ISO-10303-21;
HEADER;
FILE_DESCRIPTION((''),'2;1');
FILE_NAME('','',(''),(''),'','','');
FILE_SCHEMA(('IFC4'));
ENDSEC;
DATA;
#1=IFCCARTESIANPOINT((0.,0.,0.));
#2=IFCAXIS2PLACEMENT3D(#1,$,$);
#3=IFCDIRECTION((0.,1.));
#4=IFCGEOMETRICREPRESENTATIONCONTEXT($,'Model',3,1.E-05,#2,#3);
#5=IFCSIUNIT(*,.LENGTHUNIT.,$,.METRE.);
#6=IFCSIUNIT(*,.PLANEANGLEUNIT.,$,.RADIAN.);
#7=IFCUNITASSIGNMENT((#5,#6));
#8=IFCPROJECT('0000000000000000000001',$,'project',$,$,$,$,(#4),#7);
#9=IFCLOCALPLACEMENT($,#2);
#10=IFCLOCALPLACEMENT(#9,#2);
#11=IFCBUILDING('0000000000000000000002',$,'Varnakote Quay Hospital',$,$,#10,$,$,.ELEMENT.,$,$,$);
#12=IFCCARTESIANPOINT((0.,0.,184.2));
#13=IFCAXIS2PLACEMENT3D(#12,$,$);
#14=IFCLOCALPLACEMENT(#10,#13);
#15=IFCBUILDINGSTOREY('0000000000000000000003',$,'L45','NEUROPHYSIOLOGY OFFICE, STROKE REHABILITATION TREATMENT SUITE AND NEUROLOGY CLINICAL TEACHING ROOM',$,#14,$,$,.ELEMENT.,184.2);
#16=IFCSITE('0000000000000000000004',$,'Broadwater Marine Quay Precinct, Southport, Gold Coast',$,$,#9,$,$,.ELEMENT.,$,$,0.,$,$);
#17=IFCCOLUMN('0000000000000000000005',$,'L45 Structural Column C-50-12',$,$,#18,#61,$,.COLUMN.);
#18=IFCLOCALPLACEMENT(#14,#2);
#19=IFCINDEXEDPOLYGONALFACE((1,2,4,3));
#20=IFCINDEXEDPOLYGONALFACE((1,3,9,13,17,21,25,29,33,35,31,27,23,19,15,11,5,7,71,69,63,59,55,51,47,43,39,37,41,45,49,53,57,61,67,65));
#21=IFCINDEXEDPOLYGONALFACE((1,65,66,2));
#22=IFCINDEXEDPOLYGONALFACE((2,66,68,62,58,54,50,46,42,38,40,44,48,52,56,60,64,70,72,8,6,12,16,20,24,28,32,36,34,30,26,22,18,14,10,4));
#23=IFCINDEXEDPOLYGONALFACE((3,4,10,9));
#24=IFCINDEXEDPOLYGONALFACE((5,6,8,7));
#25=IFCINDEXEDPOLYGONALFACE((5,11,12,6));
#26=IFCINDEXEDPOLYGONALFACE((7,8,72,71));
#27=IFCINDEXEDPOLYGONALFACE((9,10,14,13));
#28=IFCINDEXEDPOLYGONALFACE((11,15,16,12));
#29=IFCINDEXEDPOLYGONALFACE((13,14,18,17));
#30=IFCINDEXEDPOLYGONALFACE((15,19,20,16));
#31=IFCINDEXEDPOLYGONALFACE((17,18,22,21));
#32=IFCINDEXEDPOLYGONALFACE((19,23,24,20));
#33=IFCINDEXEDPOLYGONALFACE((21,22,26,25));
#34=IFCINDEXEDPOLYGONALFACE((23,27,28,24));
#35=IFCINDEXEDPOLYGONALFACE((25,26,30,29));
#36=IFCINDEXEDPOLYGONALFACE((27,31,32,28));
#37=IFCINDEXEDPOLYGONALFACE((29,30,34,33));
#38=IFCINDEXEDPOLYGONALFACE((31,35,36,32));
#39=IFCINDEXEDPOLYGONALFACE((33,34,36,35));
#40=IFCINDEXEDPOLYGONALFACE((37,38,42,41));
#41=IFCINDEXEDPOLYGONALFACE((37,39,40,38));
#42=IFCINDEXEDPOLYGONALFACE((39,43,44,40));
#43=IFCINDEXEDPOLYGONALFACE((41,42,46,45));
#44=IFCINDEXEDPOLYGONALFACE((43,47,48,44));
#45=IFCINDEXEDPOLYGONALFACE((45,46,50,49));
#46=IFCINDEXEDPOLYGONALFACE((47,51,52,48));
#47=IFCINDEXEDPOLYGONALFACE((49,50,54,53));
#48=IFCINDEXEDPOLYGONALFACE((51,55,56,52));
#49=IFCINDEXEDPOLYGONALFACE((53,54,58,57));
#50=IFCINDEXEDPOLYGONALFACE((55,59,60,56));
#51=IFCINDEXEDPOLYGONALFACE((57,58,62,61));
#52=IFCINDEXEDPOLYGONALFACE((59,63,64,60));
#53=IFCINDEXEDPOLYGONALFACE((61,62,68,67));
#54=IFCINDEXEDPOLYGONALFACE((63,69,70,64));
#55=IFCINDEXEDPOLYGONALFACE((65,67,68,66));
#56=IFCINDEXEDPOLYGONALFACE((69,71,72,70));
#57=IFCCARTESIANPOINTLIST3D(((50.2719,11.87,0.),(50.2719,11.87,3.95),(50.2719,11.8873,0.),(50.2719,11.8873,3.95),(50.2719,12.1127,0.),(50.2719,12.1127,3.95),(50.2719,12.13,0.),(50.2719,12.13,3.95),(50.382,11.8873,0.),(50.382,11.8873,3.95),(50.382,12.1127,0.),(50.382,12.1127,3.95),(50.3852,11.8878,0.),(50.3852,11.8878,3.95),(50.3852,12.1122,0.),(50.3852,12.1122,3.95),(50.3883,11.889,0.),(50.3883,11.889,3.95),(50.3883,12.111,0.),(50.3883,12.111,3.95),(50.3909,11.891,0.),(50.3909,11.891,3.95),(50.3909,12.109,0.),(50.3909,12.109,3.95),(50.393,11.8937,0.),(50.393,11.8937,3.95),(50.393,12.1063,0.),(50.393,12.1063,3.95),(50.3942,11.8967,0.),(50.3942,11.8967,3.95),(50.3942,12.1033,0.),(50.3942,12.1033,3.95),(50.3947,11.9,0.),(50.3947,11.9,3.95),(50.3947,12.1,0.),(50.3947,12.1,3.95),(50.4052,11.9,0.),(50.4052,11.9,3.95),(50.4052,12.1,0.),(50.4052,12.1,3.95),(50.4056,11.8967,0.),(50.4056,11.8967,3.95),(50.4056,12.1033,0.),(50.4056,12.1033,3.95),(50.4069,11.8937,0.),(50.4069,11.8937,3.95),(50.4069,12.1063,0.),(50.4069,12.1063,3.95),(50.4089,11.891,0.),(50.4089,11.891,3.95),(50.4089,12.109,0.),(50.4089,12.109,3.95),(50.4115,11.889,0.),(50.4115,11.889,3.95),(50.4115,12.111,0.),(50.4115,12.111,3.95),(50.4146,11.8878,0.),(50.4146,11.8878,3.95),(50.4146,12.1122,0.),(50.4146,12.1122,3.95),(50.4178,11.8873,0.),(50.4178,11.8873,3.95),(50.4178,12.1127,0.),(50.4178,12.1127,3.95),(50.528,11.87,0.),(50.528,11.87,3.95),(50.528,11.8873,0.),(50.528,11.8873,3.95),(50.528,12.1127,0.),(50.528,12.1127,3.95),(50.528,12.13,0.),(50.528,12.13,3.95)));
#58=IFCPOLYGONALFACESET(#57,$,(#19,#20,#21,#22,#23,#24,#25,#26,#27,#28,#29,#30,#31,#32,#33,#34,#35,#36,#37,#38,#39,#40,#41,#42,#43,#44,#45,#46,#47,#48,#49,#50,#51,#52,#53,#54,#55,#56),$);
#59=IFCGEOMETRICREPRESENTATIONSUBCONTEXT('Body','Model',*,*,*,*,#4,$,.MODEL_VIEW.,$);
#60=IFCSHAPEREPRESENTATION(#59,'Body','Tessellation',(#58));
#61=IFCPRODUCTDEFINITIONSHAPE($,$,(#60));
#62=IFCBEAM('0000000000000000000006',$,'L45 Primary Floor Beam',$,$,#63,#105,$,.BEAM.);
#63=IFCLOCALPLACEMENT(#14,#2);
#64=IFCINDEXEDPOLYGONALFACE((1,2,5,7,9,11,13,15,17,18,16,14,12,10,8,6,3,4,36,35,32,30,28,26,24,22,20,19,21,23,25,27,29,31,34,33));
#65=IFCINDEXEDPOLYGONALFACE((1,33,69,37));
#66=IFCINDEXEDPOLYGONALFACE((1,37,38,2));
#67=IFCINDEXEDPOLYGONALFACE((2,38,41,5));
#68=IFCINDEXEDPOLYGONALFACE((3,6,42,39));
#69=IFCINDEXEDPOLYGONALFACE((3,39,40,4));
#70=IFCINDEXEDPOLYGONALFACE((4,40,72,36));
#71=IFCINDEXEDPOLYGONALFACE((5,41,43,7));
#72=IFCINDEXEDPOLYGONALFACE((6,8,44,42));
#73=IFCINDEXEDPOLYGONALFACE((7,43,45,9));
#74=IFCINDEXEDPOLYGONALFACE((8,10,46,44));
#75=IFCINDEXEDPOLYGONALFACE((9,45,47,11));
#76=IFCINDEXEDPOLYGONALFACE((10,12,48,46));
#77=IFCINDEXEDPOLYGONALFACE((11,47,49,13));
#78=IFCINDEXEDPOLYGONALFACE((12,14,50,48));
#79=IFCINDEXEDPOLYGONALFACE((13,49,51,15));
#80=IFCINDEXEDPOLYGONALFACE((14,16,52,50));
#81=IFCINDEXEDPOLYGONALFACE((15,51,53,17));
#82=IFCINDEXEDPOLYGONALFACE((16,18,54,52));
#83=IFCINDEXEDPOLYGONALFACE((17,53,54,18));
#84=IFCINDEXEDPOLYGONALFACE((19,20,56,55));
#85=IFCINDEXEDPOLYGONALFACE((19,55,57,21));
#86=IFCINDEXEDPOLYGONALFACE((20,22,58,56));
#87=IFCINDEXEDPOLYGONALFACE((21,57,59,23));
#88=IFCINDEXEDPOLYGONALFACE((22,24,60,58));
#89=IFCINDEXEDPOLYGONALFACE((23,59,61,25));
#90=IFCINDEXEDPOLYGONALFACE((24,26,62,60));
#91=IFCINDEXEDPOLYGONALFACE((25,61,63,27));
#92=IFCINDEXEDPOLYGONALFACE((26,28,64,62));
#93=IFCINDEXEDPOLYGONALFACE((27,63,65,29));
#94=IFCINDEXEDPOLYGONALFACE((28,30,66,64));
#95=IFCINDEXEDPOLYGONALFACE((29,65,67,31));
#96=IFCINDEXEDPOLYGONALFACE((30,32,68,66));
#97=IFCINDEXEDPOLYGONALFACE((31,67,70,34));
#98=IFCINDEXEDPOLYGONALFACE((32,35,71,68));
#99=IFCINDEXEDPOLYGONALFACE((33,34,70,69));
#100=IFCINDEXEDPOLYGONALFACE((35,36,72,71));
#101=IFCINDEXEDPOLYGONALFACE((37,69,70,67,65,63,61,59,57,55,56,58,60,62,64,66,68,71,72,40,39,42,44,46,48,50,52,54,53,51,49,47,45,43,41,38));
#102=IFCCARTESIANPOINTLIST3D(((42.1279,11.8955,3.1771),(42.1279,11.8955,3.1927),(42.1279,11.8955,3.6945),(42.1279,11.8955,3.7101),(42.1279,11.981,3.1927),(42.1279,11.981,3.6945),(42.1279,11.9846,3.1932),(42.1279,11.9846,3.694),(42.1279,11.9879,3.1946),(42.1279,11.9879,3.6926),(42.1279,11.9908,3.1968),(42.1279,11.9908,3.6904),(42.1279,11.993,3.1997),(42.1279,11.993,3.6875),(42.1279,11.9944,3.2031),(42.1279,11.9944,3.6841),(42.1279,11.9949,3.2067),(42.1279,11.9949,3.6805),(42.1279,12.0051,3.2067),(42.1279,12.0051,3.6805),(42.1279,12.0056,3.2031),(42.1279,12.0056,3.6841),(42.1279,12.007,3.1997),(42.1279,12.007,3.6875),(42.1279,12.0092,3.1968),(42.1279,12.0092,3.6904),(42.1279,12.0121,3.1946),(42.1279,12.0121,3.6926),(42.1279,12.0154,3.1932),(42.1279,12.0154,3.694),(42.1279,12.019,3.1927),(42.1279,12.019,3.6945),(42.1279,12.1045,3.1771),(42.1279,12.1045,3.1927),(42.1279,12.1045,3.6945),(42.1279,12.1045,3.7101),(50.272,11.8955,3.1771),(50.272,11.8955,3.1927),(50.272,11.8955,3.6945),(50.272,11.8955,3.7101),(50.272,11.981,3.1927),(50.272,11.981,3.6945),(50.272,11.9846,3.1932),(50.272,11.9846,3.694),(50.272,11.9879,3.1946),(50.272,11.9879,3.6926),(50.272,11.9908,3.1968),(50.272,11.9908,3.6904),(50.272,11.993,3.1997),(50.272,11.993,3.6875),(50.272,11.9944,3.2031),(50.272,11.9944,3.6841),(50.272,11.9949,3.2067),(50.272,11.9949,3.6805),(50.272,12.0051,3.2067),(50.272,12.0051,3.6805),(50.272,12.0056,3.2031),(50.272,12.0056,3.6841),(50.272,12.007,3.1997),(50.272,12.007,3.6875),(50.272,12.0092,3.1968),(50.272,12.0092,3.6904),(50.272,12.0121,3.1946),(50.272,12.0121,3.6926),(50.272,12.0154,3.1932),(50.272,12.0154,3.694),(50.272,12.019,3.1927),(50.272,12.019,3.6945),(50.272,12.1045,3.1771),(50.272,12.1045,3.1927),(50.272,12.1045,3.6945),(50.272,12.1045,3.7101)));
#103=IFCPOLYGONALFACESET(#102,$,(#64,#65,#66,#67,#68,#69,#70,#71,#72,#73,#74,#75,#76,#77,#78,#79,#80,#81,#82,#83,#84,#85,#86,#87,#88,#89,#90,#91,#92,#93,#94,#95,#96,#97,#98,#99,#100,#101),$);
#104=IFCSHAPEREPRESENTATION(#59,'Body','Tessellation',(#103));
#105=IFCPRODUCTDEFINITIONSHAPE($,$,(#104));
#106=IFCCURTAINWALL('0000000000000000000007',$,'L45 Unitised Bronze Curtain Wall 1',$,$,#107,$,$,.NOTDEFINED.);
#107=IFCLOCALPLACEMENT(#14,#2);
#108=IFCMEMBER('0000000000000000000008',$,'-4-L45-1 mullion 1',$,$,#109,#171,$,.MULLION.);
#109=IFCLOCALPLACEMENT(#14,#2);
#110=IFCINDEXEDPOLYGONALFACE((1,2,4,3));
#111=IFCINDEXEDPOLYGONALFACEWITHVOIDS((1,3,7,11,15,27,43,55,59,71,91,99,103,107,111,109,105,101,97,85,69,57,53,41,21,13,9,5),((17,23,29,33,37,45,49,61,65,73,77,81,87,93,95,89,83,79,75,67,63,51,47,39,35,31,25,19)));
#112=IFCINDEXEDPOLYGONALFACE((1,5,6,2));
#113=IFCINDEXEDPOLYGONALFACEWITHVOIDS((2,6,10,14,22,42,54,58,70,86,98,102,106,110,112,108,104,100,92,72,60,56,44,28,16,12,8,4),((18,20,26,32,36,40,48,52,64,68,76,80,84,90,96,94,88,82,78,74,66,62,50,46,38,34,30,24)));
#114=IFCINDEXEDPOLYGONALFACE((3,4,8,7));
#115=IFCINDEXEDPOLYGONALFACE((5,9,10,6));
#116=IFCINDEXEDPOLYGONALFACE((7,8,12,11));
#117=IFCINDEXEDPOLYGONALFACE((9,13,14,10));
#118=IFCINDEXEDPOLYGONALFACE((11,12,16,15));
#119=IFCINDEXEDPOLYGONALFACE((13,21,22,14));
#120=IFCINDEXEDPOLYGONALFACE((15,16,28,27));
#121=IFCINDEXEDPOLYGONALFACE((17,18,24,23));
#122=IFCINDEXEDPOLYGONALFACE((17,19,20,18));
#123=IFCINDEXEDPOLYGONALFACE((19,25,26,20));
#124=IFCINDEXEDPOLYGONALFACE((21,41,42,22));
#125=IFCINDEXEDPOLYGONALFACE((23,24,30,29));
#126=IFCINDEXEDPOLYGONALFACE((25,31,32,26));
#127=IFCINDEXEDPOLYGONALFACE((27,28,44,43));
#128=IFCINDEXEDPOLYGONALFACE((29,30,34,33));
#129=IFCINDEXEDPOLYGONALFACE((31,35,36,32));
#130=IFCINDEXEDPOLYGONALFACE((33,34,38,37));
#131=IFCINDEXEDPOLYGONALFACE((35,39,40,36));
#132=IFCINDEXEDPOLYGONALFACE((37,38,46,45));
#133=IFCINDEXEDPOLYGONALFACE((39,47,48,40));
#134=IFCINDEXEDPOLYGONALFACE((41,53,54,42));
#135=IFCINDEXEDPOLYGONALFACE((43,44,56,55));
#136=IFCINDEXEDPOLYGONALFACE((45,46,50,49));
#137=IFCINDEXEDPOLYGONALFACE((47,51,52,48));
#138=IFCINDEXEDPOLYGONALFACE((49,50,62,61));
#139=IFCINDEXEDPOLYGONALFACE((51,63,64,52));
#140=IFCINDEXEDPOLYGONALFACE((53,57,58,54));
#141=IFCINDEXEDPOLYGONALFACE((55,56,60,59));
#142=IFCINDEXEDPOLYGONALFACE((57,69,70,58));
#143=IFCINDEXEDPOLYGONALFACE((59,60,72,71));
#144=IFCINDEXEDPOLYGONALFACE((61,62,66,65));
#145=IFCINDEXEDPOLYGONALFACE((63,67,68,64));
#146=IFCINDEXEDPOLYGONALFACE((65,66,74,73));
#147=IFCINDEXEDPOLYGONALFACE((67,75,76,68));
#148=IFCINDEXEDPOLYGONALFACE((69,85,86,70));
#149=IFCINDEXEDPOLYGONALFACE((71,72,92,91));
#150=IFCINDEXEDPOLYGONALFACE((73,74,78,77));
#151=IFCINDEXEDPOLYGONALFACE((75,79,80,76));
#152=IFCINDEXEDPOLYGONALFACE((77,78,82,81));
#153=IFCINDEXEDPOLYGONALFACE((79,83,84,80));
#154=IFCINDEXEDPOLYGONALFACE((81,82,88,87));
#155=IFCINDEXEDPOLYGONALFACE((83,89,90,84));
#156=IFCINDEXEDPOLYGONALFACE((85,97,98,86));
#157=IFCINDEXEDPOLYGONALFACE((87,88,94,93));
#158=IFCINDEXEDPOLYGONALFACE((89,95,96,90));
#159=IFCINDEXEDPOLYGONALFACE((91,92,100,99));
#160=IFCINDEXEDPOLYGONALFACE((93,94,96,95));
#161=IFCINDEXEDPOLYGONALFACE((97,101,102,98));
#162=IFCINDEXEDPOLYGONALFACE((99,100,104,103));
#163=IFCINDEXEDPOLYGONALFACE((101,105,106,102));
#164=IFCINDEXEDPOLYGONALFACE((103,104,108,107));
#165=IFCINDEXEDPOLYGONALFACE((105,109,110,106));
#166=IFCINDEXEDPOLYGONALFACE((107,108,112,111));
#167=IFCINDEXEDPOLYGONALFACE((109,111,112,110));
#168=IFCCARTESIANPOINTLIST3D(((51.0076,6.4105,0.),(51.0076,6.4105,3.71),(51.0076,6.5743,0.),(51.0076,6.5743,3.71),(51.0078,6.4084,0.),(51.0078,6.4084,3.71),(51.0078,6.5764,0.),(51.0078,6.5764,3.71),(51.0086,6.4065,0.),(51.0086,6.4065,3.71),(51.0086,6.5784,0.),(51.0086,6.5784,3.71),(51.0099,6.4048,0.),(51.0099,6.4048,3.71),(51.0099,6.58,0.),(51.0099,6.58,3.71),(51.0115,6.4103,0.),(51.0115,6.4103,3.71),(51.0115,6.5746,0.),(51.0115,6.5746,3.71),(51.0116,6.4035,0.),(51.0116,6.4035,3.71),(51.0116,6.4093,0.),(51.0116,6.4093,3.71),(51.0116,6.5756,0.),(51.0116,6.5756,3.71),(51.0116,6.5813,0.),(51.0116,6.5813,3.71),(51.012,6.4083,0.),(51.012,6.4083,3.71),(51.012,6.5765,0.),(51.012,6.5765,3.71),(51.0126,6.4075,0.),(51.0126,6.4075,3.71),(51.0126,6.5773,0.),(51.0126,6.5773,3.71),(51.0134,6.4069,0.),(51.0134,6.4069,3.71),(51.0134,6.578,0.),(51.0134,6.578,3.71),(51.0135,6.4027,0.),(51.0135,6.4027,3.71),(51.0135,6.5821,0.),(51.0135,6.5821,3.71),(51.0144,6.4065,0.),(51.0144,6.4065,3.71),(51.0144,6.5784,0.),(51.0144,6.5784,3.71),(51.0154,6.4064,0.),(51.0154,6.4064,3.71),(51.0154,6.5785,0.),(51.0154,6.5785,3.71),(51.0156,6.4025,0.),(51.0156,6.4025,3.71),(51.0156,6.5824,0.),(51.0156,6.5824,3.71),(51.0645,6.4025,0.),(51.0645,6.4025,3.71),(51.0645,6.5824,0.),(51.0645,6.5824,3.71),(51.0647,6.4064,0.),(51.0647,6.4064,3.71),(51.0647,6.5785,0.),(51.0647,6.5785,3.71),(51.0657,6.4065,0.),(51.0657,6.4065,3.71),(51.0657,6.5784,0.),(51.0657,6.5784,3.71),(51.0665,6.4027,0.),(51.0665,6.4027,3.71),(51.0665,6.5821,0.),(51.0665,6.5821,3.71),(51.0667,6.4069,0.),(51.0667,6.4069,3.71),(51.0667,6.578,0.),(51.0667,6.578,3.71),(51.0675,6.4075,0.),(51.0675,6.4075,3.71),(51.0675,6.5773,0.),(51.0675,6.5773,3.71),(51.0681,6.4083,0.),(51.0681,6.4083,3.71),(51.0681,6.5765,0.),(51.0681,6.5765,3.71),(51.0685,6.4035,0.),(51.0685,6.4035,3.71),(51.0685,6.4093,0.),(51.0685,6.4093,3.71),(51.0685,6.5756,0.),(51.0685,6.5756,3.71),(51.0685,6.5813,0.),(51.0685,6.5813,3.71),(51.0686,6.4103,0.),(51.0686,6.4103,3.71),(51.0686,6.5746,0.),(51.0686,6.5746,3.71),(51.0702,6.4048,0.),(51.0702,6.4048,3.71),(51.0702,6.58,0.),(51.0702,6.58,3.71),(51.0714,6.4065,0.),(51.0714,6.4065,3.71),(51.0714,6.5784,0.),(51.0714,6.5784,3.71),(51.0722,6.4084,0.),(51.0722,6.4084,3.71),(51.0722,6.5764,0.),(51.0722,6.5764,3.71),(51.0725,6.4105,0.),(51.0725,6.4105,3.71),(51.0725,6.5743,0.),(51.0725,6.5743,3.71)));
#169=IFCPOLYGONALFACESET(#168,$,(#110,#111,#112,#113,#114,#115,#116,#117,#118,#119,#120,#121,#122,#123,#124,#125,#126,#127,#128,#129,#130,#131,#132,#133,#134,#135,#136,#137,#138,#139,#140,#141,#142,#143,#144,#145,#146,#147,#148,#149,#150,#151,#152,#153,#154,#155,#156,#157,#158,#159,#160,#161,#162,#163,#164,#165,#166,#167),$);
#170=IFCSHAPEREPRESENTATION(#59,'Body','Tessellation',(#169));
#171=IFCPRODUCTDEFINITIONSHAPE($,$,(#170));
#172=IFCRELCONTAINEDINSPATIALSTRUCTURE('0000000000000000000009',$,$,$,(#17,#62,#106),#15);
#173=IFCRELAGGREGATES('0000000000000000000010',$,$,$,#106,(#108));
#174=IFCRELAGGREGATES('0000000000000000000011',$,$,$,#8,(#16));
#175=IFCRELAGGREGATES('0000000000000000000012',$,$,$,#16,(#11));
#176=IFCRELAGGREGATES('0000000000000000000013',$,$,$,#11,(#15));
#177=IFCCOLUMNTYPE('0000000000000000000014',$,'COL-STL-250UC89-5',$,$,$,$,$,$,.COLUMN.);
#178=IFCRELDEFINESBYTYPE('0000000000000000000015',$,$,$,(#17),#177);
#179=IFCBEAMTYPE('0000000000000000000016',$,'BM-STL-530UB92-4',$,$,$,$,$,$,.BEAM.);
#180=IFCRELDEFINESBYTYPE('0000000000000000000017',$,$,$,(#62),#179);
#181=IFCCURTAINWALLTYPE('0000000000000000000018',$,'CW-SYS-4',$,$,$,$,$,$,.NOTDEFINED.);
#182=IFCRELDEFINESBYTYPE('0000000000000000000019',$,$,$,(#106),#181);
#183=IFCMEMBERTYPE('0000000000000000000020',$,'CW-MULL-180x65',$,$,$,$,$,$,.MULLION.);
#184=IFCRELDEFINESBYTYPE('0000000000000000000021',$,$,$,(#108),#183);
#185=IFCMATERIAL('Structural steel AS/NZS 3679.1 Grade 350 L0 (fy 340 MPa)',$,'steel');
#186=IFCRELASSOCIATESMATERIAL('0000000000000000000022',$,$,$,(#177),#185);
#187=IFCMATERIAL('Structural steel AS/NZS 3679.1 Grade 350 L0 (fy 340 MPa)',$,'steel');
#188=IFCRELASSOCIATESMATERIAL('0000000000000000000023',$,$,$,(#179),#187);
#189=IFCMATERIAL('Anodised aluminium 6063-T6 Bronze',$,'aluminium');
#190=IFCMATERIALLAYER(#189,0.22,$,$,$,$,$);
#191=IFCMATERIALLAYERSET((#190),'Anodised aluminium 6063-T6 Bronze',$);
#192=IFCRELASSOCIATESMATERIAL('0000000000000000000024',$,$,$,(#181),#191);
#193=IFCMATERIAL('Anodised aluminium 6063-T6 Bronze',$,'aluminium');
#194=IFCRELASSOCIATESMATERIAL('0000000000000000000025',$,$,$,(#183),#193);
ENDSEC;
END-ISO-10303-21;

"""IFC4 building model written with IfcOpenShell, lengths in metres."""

from ifc_helpers import new_model, si_unit, direction, frame, origin, origin_2d, place, context, subcontext, project, spatial, hollow_rectangle, i_section, extrude, material, layer, layer_set, material_profile, profile_set, type_object, element, aggregate, save


model = new_model("IFC4")

# Units and contexts
model_context = context("Model", 3, precision=1e-05, world=origin(), true_north=direction((0.0, 1.0)))
body_context = subcontext(model_context, "Body", "Model", "MODEL_VIEW")
ifc_project = project(units=[si_unit("LENGTHUNIT", "METRE"), si_unit("PLANEANGLEUNIT", "RADIAN")], contexts=[model_context])

# Site, building, storey
site_placement = place(None, origin())
site = spatial("IfcSite", under=ifc_project, at=site_placement, Name="Broadwater Marine Quay Precinct, Southport, Gold Coast", CompositionType="ELEMENT", RefElevation=0.0)
building_placement = place(site_placement, origin())
building = spatial("IfcBuilding", under=site, at=building_placement, Name="Varnakote Quay Hospital", CompositionType="ELEMENT")
storey_placement = place(building_placement, frame((0.0, 0.0, 184.2)))
storey = spatial("IfcBuildingStorey", under=building, at=storey_placement, Name="L45", Description="NEUROPHYSIOLOGY OFFICE, STROKE REHABILITATION TREATMENT SUITE AND NEUROLOGY CLINICAL TEACHING ROOM", CompositionType="ELEMENT", Elevation=184.2)

# Column
ifc_material_1 = material(Name="Structural steel AS/NZS 3679.1 Grade 350 L0 (fy 340 MPa)", Category="steel")
ifc_material_profile_1 = material_profile(ifc_material_1, i_section(OverallWidth=0.2561, OverallDepth=0.26, WebThickness=0.0105, FlangeThickness=0.0173, FilletRadius=0.0127, at=origin_2d()), Name="250UC89.5")
ifc_profile_set_1 = profile_set([ifc_material_profile_1], Name="Structural steel AS/NZS 3679.1 Grade 350 L0 (fy 340 MPa)")
column_type = type_object("IfcColumnType", Name="COL-STL-250UC89-5", PredefinedType="COLUMN", material=ifc_profile_set_1)
column_placement = place(storey_placement, frame((50.3999, 12.0, 0.0), z_axis=(0.0, 0.0, 1.0), x_axis=(1.0, 0.0, 0.0)))
element("IfcColumn", 1, at=column_placement, inside=storey, type_object=column_type, Name="L45 Structural Column C-50-12", PredefinedType="COLUMN", context=body_context, shape_type="SweptSolid", body=[
    extrude(i_section(OverallWidth=0.2561, OverallDepth=0.26, WebThickness=0.0105, FlangeThickness=0.0173, FilletRadius=0.0127, at=origin_2d()), origin(), (0.0, 0.0, 1.0), 3.95),
])

# Beam
ifc_material_2 = material(Name="Structural steel AS/NZS 3679.1 Grade 350 L0 (fy 340 MPa)", Category="steel")
ifc_material_profile_2 = material_profile(ifc_material_2, i_section(OverallWidth=0.209, OverallDepth=0.533, WebThickness=0.0103, FlangeThickness=0.0156, FilletRadius=0.0139, at=origin_2d()), Name="530UB92.4")
ifc_profile_set_2 = profile_set([ifc_material_profile_2], Name="Structural steel AS/NZS 3679.1 Grade 350 L0 (fy 340 MPa)")
beam_type = type_object("IfcBeamType", Name="BM-STL-530UB92-4", PredefinedType="BEAM", material=ifc_profile_set_2)
beam_placement = place(storey_placement, frame((42.1279, 12.0, 3.4436), z_axis=(1.0, 0.0, 0.0), x_axis=(0.0, 1.0, 0.0)))
element("IfcBeam", 2, at=beam_placement, inside=storey, type_object=beam_type, Name="L45 Primary Floor Beam", PredefinedType="BEAM", context=body_context, shape_type="SweptSolid", body=[
    extrude(i_section(OverallWidth=0.209, OverallDepth=0.533, WebThickness=0.0103, FlangeThickness=0.0156, FilletRadius=0.0139, at=origin_2d()), origin(), (0.0, 0.0, 1.0), 8.144),
])

# Curtain wall, member
ifc_material_3 = material(Name="Anodised aluminium 6063-T6 Bronze", Category="aluminium")
ifc_layer_1 = layer(ifc_material_3, 0.22)
ifc_layer_set_1 = layer_set([ifc_layer_1], Name="Anodised aluminium 6063-T6 Bronze")
curtain_wall_type = type_object("IfcCurtainWallType", Name="CW-SYS-4", PredefinedType="NOTDEFINED", material=ifc_layer_set_1)
curtain_wall_placement = place(storey_placement, origin())
curtain_wall = element("IfcCurtainWall", 3, at=curtain_wall_placement, inside=storey, type_object=curtain_wall_type, Name="L45 Unitised Bronze Curtain Wall 1", PredefinedType="NOTDEFINED")
ifc_material_4 = material(Name="Anodised aluminium 6063-T6 Bronze", Category="aluminium")
ifc_material_profile_3 = material_profile(ifc_material_4, hollow_rectangle(XDim=0.0649, YDim=0.1799, WallThickness=0.0039, InnerFilletRadius=0.0039, OuterFilletRadius=0.0081, at=origin_2d()), Name="CW-MULL-180x65")
ifc_profile_set_3 = profile_set([ifc_material_profile_3], Name="Anodised aluminium 6063-T6 Bronze")
member_type_1 = type_object("IfcMemberType", Name="CW-MULL-180x65", PredefinedType="MULLION", material=ifc_profile_set_3)
member_1_placement = place(storey_placement, frame((51.04, 6.4924, 0.0), z_axis=(0.0, 0.0, 1.0), x_axis=(-1.0, 0.0, 0.0)))
member_1 = element("IfcMember", 4, at=member_1_placement, type_object=member_type_1, Name="-4-L45-1 mullion 1", PredefinedType="MULLION", context=body_context, shape_type="SweptSolid", body=[
    extrude(hollow_rectangle(XDim=0.0649, YDim=0.1799, WallThickness=0.0039, InnerFilletRadius=0.0039, OuterFilletRadius=0.0081, at=origin_2d()), origin(), (0.0, 0.0, 1.0), 3.71),
])
aggregate(curtain_wall, [member_1])

save(model, "model.ifc")
